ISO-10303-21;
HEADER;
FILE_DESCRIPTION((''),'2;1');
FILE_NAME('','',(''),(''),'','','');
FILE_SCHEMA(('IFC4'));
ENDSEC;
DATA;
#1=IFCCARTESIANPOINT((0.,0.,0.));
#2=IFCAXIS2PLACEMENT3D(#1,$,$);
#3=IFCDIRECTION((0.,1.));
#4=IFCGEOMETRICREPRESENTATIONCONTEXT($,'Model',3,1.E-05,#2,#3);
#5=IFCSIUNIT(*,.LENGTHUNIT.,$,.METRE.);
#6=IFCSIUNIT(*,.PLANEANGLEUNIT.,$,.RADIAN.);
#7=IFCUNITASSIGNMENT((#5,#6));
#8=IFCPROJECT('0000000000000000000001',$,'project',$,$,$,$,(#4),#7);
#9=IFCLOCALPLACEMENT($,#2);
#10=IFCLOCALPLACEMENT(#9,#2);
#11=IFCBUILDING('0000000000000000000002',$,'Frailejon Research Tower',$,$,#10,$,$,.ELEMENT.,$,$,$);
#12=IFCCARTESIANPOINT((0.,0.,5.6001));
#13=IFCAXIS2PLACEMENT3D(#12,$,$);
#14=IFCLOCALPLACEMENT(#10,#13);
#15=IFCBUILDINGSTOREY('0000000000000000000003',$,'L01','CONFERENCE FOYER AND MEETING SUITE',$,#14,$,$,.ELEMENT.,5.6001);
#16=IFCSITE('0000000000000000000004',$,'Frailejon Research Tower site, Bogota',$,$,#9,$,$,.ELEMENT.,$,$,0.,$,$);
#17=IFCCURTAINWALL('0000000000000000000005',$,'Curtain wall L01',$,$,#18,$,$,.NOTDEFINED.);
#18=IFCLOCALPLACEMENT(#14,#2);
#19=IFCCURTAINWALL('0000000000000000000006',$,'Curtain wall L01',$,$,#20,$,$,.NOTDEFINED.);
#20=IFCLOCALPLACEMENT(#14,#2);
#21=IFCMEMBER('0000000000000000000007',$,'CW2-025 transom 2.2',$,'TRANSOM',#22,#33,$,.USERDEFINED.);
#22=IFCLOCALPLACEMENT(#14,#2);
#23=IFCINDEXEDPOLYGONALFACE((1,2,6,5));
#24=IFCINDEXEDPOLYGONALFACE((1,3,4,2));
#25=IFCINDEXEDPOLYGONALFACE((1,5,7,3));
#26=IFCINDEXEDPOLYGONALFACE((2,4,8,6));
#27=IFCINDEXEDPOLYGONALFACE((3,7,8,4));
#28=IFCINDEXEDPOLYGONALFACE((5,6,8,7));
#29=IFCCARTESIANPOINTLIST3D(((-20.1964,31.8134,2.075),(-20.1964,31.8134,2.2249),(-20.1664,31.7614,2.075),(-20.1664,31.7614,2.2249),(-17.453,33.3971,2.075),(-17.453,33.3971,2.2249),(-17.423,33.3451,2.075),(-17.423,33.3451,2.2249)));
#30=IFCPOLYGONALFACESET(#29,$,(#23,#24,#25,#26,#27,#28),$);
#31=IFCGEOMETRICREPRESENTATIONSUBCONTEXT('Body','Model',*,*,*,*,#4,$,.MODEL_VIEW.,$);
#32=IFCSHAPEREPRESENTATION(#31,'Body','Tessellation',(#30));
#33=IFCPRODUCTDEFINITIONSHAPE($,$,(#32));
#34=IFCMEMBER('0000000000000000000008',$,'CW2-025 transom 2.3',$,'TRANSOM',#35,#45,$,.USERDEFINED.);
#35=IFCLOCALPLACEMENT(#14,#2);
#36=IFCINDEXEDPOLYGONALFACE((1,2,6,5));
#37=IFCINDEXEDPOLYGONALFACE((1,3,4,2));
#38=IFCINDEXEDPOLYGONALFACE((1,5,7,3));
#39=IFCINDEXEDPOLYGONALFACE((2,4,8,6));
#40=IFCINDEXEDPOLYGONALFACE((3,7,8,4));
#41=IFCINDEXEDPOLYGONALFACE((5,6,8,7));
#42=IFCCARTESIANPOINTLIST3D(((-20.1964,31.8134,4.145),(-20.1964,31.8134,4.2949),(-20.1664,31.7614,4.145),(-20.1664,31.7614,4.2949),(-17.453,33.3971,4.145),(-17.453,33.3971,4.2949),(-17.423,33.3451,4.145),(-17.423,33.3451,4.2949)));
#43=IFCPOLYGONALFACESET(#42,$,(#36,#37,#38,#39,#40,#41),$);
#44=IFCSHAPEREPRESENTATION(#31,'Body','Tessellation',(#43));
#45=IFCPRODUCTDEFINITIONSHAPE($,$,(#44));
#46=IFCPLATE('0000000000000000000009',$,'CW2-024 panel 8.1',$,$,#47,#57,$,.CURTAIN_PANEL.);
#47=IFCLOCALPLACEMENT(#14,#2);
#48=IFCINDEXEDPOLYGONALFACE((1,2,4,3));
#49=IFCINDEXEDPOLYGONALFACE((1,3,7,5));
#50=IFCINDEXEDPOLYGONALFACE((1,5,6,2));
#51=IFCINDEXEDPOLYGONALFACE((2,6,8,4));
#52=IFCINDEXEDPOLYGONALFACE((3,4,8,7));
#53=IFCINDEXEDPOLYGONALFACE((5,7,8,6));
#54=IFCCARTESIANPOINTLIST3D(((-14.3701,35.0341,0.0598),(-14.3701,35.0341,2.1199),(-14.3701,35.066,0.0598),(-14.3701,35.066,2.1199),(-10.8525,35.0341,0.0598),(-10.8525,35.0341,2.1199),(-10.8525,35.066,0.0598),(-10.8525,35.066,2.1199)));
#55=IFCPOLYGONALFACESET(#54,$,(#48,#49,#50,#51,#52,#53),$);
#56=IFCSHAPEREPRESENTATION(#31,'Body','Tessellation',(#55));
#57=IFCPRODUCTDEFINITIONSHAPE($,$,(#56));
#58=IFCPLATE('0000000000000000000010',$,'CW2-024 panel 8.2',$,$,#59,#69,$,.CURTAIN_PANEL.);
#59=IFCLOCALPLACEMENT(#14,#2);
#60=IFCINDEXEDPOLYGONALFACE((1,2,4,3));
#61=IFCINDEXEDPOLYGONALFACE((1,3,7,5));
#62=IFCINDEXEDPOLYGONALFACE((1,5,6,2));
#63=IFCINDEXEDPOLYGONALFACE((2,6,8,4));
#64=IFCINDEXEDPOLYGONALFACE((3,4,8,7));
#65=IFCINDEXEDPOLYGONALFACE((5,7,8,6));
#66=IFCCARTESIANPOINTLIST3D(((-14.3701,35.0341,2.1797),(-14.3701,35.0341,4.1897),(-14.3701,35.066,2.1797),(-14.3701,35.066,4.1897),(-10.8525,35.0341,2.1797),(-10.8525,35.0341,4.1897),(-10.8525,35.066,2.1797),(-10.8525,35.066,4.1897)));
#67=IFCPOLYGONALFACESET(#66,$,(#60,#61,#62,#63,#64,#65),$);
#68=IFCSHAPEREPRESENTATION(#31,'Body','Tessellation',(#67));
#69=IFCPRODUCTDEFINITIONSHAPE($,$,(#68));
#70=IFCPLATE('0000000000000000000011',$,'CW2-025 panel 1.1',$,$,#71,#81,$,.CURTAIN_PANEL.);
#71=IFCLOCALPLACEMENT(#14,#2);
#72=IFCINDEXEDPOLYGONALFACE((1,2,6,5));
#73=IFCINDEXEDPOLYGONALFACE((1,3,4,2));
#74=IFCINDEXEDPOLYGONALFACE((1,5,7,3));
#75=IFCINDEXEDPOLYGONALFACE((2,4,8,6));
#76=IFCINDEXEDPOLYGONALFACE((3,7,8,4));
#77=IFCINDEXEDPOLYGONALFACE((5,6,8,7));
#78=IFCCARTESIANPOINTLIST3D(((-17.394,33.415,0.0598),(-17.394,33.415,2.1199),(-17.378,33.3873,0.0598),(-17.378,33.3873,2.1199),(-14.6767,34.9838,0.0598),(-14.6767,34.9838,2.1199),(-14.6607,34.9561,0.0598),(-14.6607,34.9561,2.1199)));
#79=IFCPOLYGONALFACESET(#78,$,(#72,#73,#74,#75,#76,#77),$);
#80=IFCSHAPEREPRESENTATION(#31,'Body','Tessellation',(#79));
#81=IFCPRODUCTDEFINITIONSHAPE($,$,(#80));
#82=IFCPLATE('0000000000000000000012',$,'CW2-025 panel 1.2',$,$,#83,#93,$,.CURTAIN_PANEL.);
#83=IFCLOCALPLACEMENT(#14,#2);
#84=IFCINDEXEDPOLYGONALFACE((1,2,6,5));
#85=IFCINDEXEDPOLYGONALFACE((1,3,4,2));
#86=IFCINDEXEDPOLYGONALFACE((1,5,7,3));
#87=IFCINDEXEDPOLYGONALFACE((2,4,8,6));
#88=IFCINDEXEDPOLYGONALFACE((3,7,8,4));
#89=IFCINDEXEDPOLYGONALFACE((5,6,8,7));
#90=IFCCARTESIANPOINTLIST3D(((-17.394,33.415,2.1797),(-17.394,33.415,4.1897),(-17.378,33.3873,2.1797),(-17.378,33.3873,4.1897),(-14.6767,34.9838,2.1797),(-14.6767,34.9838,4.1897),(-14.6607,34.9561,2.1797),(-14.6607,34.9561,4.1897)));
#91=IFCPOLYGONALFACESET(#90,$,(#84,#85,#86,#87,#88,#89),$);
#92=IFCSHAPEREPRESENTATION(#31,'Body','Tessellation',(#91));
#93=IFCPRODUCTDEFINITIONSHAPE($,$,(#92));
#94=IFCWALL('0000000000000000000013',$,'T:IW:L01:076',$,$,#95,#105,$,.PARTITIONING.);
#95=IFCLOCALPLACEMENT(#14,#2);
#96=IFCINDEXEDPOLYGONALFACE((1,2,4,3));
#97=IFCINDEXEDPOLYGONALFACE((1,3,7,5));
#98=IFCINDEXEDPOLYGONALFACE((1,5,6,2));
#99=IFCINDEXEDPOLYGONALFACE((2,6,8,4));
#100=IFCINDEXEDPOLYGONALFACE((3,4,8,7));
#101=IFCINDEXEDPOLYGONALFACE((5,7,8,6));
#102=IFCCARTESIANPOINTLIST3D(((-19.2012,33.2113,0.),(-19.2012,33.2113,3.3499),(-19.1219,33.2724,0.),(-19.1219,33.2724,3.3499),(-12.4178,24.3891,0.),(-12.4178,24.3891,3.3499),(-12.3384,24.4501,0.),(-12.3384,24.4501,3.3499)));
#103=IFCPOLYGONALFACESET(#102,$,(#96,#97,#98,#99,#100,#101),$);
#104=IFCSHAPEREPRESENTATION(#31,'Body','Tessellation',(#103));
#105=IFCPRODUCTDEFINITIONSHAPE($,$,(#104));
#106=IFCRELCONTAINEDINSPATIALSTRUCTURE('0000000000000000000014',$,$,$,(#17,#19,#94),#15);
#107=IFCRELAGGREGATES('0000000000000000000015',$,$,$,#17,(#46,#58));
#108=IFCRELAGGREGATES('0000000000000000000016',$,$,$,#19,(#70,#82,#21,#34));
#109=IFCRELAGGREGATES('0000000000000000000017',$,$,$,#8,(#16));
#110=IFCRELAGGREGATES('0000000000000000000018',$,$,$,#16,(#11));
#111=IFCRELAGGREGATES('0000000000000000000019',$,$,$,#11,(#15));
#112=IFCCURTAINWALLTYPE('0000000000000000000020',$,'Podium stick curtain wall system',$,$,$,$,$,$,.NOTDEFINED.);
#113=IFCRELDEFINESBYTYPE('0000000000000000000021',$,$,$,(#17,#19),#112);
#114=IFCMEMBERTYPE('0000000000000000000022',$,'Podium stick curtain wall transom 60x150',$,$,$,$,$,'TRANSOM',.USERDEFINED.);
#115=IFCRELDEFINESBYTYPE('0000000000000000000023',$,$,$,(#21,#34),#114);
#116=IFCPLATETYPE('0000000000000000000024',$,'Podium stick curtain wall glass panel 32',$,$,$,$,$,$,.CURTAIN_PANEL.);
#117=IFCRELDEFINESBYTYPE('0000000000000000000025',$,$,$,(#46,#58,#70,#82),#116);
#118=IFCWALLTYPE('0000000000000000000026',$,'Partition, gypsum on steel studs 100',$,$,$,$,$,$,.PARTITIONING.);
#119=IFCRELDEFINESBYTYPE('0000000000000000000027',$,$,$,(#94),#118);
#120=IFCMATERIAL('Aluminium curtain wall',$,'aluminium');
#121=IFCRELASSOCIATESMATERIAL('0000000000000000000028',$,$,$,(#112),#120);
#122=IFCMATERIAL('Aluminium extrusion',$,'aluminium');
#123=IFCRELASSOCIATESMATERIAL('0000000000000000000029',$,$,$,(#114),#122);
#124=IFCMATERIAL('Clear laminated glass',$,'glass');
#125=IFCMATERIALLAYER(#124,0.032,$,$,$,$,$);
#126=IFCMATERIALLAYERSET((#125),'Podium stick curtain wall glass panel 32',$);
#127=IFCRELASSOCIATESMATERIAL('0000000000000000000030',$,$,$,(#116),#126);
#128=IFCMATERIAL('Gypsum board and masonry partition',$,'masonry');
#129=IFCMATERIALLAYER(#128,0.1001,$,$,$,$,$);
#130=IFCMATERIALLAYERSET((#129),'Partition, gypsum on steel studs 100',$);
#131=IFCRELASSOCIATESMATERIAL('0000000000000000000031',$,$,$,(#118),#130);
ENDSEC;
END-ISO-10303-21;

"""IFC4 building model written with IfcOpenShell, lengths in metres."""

from ifc_helpers import new_model, si_unit, direction, frame, frame_2d, origin, origin_2d, place, context, subcontext, project, spatial, rectangle, extrude, material, layer, layer_set, material_profile, profile_set, type_object, element, aggregate, save


model = new_model("IFC4")

# Units and contexts
model_context = context("Model", 3, precision=1e-05, world=origin(), true_north=direction((0.0, 1.0)))
body_context = subcontext(model_context, "Body", "Model", "MODEL_VIEW")
ifc_project = project(units=[si_unit("LENGTHUNIT", "METRE"), si_unit("PLANEANGLEUNIT", "RADIAN")], contexts=[model_context])

# Site, building, storey
site_placement = place(None, origin())
site = spatial("IfcSite", under=ifc_project, at=site_placement, Name="Frailejon Research Tower site, Bogota", CompositionType="ELEMENT", RefElevation=0.0)
building_placement = place(site_placement, origin())
building = spatial("IfcBuilding", under=site, at=building_placement, Name="Frailejon Research Tower", CompositionType="ELEMENT")
storey_placement = place(building_placement, frame((0.0, 0.0, 5.6001)))
storey = spatial("IfcBuildingStorey", under=building, at=storey_placement, Name="L01", Description="CONFERENCE FOYER AND MEETING SUITE", CompositionType="ELEMENT", Elevation=5.6001)

# Curtain wall
ifc_material_1 = material(Name="Aluminium curtain wall", Category="aluminium")
curtain_wall_type = type_object("IfcCurtainWallType", Name="Podium stick curtain wall system", PredefinedType="NOTDEFINED", material=ifc_material_1)
curtain_wall_1_placement = place(storey_placement, origin())
curtain_wall_1 = element("IfcCurtainWall", 1, at=curtain_wall_1_placement, inside=storey, type_object=curtain_wall_type, Name="Curtain wall L01", PredefinedType="NOTDEFINED")

# Curtain wall
curtain_wall_2_placement = place(storey_placement, origin())
curtain_wall_2 = element("IfcCurtainWall", 2, at=curtain_wall_2_placement, inside=storey, type_object=curtain_wall_type, Name="Curtain wall L01", PredefinedType="NOTDEFINED")

# Members
ifc_material_2 = material(Name="Aluminium extrusion", Category="aluminium")
ifc_material_profile_1 = material_profile(ifc_material_2, rectangle(XDim=0.0601, YDim=0.1499, at=origin_2d()), Name="Podium stick curtain wall transom 60x150")
ifc_profile_set_1 = profile_set([ifc_material_profile_1], Name="Aluminium extrusion")
member_type_1 = type_object("IfcMemberType", Name="Podium stick curtain wall transom 60x150", ElementType="TRANSOM", PredefinedType="USERDEFINED", material=ifc_profile_set_1)
member_1_placement = place(storey_placement, frame((-17.438, 33.3711, 2.1499), z_axis=(-0.866048, -0.49996, 0.0), x_axis=(0.49996, -0.866048, 0.0)))
member_1 = element("IfcMember", 3, at=member_1_placement, type_object=member_type_1, Name="CW2-025 transom 2.2", ObjectType="TRANSOM", PredefinedType="USERDEFINED", context=body_context, shape_type="SweptSolid", body=[
    extrude(rectangle(XDim=0.0601, YDim=0.1499, at=origin_2d()), origin(), (0.0, 0.0, 1.0), 3.1677),
])
member_2_placement = place(storey_placement, frame((-17.438, 33.3711, 4.22), z_axis=(-0.866048, -0.49996, 0.0), x_axis=(0.49996, -0.866048, 0.0)))
member_2 = element("IfcMember", 4, at=member_2_placement, type_object=member_type_1, Name="CW2-025 transom 2.3", ObjectType="TRANSOM", PredefinedType="USERDEFINED", context=body_context, shape_type="SweptSolid", body=[
    extrude(rectangle(XDim=0.0601, YDim=0.1499, at=origin_2d()), origin(), (0.0, 0.0, 1.0), 3.1677),
])

# Plates
ifc_material_3 = material(Name="Clear laminated glass", Category="glass")
ifc_layer_1 = layer(ifc_material_3, 0.032)
ifc_layer_set_1 = layer_set([ifc_layer_1], Name="Podium stick curtain wall glass panel 32")
plate_type = type_object("IfcPlateType", Name="Podium stick curtain wall glass panel 32", PredefinedType="CURTAIN_PANEL", material=ifc_layer_set_1)
plate_1_placement = place(storey_placement, frame((-12.6113, 35.05, 0.0598), z_axis=(0.0, 0.0, 1.0), x_axis=(-1.0, 0.0, 0.0)))
plate_1 = element("IfcPlate", 5, at=plate_1_placement, type_object=plate_type, Name="CW2-024 panel 8.1", PredefinedType="CURTAIN_PANEL", context=body_context, shape_type="SweptSolid", body=[
    extrude(rectangle(XDim=3.5176, YDim=0.032, at=origin_2d()), origin(), (0.0, 0.0, 1.0), 2.0601),
])
plate_2_placement = place(storey_placement, frame((-12.6113, 35.05, 2.1797), z_axis=(0.0, 0.0, 1.0), x_axis=(-1.0, 0.0, 0.0)))
plate_2 = element("IfcPlate", 6, at=plate_2_placement, type_object=plate_type, Name="CW2-024 panel 8.2", PredefinedType="CURTAIN_PANEL", context=body_context, shape_type="SweptSolid", body=[
    extrude(rectangle(XDim=3.5176, YDim=0.032, at=origin_2d()), origin(), (0.0, 0.0, 1.0), 2.01),
])
aggregate(curtain_wall_1, [plate_1, plate_2])
plate_3_placement = place(storey_placement, frame((-16.0273, 34.1855, 0.0598), z_axis=(0.0, 0.0, 1.0), x_axis=(-0.866025, -0.5, 0.0)))
plate_3 = element("IfcPlate", 7, at=plate_3_placement, type_object=plate_type, Name="CW2-025 panel 1.1", PredefinedType="CURTAIN_PANEL", context=body_context, shape_type="SweptSolid", body=[
    extrude(rectangle(XDim=3.1377, YDim=0.032, at=origin_2d()), origin(), (0.0, 0.0, 1.0), 2.0601),
])
plate_4_placement = place(storey_placement, frame((-16.0273, 34.1855, 2.1797), z_axis=(0.0, 0.0, 1.0), x_axis=(-0.866025, -0.5, 0.0)))
plate_4 = element("IfcPlate", 8, at=plate_4_placement, type_object=plate_type, Name="CW2-025 panel 1.2", PredefinedType="CURTAIN_PANEL", context=body_context, shape_type="SweptSolid", body=[
    extrude(rectangle(XDim=3.1377, YDim=0.032, at=origin_2d()), origin(), (0.0, 0.0, 1.0), 2.01),
])
aggregate(curtain_wall_2, [plate_3, plate_4, member_1, member_2])

# Wall
ifc_material_4 = material(Name="Gypsum board and masonry partition", Category="masonry")
ifc_layer_2 = layer(ifc_material_4, 0.1001)
ifc_layer_set_2 = layer_set([ifc_layer_2], Name="Partition, gypsum on steel studs 100")
wall_type = type_object("IfcWallType", Name="Partition, gypsum on steel studs 100", PredefinedType="PARTITIONING", material=ifc_layer_set_2)
wall_placement = place(storey_placement, frame((-19.1616, 33.2419, 0.0), z_axis=(0.0, 0.0, 1.0), x_axis=(0.609546, -0.79275, 0.0)))
element("IfcWall", 9, at=wall_placement, inside=storey, type_object=wall_type, Name="T:IW:L01:076", PredefinedType="PARTITIONING", context=body_context, shape_type="SweptSolid", body=[
    extrude(rectangle(XDim=11.1287, YDim=0.1001, at=frame_2d((5.5645, 0.0))), origin(), (0.0, 0.0, 1.0), 3.3499),
])

save(model, "model.ifc")
